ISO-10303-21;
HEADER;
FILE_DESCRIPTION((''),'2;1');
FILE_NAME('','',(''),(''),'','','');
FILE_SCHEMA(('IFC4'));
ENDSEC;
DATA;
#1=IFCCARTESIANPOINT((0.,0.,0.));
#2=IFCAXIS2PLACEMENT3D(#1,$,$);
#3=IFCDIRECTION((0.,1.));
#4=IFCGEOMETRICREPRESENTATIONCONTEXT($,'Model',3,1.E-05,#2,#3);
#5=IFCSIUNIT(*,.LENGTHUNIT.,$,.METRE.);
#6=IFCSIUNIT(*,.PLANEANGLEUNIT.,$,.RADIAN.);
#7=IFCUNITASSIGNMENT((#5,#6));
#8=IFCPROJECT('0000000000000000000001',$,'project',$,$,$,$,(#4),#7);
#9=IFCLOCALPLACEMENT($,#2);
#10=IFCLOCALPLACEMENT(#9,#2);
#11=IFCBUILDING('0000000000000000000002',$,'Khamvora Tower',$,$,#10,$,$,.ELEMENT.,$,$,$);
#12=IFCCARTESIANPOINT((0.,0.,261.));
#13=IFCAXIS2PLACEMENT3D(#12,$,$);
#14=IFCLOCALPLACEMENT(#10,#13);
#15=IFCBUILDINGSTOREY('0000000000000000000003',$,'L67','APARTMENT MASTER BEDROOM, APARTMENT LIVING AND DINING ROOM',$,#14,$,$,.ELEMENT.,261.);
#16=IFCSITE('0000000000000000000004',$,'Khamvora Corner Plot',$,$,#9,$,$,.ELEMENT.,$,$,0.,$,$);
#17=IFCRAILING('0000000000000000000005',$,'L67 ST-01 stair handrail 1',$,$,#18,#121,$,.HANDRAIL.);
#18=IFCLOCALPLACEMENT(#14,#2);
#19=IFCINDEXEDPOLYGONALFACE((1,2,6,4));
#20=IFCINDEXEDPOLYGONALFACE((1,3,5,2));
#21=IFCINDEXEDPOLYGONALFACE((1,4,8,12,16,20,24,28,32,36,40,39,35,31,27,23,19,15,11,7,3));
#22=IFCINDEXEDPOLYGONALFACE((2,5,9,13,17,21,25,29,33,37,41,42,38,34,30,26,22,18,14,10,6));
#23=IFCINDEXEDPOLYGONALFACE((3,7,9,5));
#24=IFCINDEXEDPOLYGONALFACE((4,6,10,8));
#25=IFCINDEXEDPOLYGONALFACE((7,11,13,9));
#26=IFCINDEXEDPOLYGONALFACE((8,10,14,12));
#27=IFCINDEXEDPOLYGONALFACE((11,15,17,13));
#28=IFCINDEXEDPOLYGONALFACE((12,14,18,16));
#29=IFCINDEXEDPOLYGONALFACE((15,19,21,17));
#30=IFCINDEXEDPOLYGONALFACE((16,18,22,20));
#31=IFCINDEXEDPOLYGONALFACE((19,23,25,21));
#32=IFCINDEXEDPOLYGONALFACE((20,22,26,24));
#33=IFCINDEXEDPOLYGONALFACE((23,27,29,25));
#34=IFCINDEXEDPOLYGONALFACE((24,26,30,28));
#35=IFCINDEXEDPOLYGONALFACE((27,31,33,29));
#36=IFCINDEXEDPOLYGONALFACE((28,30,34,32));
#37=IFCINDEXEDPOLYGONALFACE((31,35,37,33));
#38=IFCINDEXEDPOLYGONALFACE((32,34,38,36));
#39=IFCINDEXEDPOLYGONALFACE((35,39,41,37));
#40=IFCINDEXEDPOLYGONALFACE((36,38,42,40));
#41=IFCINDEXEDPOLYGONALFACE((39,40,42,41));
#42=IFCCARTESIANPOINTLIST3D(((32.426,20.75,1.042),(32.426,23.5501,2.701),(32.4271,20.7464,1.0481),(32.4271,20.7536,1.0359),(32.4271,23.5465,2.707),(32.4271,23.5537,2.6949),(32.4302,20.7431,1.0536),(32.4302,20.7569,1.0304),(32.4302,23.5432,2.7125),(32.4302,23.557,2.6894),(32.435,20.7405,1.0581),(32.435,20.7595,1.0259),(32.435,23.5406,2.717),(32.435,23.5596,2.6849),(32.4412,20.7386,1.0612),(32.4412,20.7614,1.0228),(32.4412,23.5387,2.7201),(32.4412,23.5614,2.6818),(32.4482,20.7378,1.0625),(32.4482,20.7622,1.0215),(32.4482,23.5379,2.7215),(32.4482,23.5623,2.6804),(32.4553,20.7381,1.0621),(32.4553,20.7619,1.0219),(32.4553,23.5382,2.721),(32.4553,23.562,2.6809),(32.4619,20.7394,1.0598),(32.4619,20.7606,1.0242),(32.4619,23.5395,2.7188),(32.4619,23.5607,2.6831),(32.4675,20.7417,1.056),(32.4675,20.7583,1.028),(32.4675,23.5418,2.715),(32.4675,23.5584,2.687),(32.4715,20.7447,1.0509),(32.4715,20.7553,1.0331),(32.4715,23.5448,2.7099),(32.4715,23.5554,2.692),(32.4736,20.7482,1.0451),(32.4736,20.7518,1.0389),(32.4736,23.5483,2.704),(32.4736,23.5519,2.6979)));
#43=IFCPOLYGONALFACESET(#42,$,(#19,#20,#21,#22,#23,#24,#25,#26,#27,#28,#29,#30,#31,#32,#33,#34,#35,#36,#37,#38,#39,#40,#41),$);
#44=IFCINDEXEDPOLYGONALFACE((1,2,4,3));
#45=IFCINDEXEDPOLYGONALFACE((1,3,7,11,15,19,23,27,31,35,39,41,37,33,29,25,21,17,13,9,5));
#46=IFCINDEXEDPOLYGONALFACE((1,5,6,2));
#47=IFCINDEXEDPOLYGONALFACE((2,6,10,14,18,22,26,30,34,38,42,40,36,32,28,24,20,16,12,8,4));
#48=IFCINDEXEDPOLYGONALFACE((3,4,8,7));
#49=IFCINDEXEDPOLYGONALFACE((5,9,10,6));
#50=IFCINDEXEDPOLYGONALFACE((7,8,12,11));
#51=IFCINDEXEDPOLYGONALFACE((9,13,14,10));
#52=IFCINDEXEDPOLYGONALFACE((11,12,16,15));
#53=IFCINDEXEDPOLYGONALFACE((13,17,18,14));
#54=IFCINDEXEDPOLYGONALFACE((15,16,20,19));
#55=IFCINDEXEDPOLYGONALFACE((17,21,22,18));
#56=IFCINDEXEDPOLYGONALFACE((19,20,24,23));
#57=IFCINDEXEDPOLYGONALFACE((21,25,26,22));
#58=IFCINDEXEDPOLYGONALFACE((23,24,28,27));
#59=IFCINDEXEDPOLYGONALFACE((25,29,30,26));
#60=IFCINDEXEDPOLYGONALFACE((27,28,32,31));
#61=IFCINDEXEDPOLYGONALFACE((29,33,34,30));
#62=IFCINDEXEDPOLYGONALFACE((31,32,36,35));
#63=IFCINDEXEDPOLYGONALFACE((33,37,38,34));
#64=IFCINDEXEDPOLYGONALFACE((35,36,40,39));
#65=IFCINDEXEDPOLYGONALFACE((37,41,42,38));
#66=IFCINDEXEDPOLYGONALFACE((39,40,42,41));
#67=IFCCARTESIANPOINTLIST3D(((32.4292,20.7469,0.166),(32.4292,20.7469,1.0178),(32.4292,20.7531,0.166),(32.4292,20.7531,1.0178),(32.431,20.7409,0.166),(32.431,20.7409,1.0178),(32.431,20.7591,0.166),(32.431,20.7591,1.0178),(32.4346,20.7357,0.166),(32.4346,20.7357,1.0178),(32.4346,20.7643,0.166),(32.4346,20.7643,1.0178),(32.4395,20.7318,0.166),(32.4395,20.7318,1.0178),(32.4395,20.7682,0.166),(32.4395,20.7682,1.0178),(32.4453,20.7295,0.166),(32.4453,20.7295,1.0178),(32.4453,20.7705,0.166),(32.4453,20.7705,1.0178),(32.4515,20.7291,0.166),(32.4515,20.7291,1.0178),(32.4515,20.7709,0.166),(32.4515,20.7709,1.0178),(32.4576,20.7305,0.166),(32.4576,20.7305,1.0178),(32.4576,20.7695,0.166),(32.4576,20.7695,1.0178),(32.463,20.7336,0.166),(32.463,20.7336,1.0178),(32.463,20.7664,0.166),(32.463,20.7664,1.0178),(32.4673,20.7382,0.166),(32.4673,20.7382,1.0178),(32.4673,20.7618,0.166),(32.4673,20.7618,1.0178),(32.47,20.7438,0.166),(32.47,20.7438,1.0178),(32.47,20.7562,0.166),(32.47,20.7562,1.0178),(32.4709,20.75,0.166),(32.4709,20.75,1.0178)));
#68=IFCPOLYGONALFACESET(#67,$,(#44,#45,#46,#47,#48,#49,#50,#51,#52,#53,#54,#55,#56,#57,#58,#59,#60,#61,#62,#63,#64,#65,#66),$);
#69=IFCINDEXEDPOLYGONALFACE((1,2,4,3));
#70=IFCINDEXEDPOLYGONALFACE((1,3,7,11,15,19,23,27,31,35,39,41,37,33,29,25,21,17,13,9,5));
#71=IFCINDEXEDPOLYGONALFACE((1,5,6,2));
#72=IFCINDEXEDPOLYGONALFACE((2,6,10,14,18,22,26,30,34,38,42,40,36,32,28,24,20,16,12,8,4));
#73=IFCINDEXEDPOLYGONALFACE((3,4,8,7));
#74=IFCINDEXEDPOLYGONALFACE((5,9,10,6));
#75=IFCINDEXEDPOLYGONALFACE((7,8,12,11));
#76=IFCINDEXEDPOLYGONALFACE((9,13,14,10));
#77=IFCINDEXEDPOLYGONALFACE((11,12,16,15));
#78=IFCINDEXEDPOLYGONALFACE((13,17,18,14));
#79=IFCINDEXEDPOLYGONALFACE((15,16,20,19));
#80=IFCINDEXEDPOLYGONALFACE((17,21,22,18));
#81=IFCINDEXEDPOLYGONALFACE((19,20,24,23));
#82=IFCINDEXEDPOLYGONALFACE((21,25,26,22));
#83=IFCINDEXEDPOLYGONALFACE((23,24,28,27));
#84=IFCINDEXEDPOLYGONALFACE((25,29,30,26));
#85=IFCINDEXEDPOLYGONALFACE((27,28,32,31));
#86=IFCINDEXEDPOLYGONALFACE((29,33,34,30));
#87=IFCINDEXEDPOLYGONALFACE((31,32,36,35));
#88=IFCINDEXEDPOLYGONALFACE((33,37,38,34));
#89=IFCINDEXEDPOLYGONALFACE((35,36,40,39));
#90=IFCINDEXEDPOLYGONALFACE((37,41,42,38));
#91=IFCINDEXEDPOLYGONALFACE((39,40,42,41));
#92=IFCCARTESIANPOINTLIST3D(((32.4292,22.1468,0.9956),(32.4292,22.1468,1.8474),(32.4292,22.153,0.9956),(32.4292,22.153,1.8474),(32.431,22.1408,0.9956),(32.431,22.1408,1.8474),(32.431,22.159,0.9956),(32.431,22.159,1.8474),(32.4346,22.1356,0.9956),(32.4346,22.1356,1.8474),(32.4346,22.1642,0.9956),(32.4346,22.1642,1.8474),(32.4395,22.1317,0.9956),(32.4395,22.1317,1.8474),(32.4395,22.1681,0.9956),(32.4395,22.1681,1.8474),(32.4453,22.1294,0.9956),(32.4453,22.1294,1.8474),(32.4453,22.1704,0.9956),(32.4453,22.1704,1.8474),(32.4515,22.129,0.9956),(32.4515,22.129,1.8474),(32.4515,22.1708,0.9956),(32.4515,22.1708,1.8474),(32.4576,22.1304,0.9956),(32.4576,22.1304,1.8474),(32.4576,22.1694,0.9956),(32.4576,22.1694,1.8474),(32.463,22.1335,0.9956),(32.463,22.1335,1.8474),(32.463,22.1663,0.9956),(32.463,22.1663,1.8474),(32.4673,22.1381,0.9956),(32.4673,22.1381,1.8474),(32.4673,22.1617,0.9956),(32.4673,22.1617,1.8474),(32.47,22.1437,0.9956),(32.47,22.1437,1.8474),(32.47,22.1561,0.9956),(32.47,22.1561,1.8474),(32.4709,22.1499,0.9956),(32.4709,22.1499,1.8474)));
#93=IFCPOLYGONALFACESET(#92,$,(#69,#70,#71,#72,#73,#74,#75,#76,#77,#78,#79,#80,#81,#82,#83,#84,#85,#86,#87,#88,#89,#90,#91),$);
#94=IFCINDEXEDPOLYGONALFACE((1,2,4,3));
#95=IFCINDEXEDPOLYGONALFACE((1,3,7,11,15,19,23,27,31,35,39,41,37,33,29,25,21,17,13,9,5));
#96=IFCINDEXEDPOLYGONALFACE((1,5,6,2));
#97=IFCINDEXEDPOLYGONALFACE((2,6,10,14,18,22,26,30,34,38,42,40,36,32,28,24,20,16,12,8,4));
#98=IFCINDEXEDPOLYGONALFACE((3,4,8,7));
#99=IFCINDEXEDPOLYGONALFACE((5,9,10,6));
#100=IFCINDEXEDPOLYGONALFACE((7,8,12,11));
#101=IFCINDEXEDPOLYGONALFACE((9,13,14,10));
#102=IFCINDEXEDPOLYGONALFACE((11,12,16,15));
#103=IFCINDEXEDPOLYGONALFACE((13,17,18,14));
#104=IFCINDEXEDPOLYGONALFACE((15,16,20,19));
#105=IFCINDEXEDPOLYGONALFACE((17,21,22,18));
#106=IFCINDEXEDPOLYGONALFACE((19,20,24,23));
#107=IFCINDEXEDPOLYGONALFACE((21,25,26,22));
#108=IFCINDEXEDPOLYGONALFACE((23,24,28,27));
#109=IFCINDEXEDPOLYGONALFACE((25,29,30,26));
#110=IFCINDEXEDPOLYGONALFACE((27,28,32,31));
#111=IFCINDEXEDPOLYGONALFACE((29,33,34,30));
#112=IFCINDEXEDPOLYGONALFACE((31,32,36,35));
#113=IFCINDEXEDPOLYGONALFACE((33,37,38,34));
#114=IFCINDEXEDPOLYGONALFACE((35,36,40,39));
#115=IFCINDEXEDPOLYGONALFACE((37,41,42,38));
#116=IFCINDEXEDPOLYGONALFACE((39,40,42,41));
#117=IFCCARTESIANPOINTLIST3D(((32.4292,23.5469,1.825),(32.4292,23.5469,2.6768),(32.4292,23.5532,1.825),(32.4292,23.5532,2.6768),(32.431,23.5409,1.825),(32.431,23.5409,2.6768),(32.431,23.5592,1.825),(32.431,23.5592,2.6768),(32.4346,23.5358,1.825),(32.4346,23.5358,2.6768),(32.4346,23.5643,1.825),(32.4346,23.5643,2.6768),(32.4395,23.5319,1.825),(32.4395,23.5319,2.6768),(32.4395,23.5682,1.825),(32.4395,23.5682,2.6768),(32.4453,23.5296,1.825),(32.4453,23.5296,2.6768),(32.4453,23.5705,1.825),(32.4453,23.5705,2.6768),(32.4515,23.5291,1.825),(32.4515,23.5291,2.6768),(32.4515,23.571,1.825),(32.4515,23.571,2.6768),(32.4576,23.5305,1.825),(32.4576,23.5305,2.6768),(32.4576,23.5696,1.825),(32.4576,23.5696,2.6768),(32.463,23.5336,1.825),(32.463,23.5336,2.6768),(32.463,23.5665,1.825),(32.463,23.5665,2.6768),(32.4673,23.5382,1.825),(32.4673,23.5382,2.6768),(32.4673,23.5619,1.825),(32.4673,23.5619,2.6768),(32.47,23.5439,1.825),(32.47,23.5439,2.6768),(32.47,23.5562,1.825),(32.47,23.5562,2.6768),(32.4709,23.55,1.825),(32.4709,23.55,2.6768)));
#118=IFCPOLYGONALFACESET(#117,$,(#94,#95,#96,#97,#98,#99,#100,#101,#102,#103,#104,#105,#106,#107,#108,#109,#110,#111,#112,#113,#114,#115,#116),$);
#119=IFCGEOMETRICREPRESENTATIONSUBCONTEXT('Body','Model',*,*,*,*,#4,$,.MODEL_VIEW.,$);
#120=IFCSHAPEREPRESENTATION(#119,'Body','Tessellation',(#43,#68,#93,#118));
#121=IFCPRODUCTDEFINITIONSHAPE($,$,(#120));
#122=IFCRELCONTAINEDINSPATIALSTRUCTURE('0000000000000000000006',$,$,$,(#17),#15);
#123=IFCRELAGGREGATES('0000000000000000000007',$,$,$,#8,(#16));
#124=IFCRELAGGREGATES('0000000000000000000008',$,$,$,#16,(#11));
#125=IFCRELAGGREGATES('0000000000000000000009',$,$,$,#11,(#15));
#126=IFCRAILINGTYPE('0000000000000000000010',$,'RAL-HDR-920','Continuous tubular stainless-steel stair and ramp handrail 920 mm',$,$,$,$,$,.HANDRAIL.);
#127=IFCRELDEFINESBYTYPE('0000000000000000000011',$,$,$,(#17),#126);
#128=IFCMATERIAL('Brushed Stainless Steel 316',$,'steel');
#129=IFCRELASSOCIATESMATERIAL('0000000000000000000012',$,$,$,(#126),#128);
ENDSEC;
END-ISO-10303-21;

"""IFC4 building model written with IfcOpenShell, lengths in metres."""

from ifc_helpers import new_model, si_unit, direction, frame, origin, origin_2d, place, context, subcontext, project, spatial, circle, extrude, material, type_object, element, save


model = new_model("IFC4")

# Units and contexts
model_context = context("Model", 3, precision=1e-05, world=origin(), true_north=direction((0.0, 1.0)))
body_context = subcontext(model_context, "Body", "Model", "MODEL_VIEW")
ifc_project = project(units=[si_unit("LENGTHUNIT", "METRE"), si_unit("PLANEANGLEUNIT", "RADIAN")], contexts=[model_context])

# Site, building, storey
site_placement = place(None, origin())
site = spatial("IfcSite", under=ifc_project, at=site_placement, Name="Khamvora Corner Plot", CompositionType="ELEMENT", RefElevation=0.0)
building_placement = place(site_placement, origin())
building = spatial("IfcBuilding", under=site, at=building_placement, Name="Khamvora Tower", CompositionType="ELEMENT")
storey_placement = place(building_placement, frame((0.0, 0.0, 261.0)))
storey = spatial("IfcBuildingStorey", under=building, at=storey_placement, Name="L67", Description="APARTMENT MASTER BEDROOM, APARTMENT LIVING AND DINING ROOM", CompositionType="ELEMENT", Elevation=261.0)

# Railing
ifc_material_1 = material(Name="Brushed Stainless Steel 316", Category="steel")
railing_type_1 = type_object("IfcRailingType", Name="RAL-HDR-920", Description="Continuous tubular stainless-steel stair and ramp handrail 920 mm", PredefinedType="HANDRAIL", material=ifc_material_1)
railing_1_placement = place(storey_placement, frame((32.45, 20.75, 0.166)))
element("IfcRailing", 1, at=railing_1_placement, inside=storey, type_object=railing_type_1, Name="L67 ST-01 stair handrail 1", PredefinedType="HANDRAIL", context=body_context, shape_type="SweptSolid", body=[
    extrude(circle(Radius=0.0239, at=origin_2d()), frame((0.0, 0.0, 0.876), z_axis=(0.0, 0.860339, 0.509722), x_axis=(-1.0, 0.0, 0.0)), (0.0, 0.0, 1.0), 3.2546),
    extrude(circle(Radius=0.021, at=origin_2d()), origin(), (0.0, 0.0, 1.0), 0.8518),
    extrude(circle(Radius=0.021, at=origin_2d()), frame((0.0, 1.3999, 0.8296)), (0.0, 0.0, 1.0), 0.8518),
    extrude(circle(Radius=0.021, at=origin_2d()), frame((0.0, 2.8, 1.6589)), (0.0, 0.0, 1.0), 0.8518),
])

save(model, "model.ifc")
